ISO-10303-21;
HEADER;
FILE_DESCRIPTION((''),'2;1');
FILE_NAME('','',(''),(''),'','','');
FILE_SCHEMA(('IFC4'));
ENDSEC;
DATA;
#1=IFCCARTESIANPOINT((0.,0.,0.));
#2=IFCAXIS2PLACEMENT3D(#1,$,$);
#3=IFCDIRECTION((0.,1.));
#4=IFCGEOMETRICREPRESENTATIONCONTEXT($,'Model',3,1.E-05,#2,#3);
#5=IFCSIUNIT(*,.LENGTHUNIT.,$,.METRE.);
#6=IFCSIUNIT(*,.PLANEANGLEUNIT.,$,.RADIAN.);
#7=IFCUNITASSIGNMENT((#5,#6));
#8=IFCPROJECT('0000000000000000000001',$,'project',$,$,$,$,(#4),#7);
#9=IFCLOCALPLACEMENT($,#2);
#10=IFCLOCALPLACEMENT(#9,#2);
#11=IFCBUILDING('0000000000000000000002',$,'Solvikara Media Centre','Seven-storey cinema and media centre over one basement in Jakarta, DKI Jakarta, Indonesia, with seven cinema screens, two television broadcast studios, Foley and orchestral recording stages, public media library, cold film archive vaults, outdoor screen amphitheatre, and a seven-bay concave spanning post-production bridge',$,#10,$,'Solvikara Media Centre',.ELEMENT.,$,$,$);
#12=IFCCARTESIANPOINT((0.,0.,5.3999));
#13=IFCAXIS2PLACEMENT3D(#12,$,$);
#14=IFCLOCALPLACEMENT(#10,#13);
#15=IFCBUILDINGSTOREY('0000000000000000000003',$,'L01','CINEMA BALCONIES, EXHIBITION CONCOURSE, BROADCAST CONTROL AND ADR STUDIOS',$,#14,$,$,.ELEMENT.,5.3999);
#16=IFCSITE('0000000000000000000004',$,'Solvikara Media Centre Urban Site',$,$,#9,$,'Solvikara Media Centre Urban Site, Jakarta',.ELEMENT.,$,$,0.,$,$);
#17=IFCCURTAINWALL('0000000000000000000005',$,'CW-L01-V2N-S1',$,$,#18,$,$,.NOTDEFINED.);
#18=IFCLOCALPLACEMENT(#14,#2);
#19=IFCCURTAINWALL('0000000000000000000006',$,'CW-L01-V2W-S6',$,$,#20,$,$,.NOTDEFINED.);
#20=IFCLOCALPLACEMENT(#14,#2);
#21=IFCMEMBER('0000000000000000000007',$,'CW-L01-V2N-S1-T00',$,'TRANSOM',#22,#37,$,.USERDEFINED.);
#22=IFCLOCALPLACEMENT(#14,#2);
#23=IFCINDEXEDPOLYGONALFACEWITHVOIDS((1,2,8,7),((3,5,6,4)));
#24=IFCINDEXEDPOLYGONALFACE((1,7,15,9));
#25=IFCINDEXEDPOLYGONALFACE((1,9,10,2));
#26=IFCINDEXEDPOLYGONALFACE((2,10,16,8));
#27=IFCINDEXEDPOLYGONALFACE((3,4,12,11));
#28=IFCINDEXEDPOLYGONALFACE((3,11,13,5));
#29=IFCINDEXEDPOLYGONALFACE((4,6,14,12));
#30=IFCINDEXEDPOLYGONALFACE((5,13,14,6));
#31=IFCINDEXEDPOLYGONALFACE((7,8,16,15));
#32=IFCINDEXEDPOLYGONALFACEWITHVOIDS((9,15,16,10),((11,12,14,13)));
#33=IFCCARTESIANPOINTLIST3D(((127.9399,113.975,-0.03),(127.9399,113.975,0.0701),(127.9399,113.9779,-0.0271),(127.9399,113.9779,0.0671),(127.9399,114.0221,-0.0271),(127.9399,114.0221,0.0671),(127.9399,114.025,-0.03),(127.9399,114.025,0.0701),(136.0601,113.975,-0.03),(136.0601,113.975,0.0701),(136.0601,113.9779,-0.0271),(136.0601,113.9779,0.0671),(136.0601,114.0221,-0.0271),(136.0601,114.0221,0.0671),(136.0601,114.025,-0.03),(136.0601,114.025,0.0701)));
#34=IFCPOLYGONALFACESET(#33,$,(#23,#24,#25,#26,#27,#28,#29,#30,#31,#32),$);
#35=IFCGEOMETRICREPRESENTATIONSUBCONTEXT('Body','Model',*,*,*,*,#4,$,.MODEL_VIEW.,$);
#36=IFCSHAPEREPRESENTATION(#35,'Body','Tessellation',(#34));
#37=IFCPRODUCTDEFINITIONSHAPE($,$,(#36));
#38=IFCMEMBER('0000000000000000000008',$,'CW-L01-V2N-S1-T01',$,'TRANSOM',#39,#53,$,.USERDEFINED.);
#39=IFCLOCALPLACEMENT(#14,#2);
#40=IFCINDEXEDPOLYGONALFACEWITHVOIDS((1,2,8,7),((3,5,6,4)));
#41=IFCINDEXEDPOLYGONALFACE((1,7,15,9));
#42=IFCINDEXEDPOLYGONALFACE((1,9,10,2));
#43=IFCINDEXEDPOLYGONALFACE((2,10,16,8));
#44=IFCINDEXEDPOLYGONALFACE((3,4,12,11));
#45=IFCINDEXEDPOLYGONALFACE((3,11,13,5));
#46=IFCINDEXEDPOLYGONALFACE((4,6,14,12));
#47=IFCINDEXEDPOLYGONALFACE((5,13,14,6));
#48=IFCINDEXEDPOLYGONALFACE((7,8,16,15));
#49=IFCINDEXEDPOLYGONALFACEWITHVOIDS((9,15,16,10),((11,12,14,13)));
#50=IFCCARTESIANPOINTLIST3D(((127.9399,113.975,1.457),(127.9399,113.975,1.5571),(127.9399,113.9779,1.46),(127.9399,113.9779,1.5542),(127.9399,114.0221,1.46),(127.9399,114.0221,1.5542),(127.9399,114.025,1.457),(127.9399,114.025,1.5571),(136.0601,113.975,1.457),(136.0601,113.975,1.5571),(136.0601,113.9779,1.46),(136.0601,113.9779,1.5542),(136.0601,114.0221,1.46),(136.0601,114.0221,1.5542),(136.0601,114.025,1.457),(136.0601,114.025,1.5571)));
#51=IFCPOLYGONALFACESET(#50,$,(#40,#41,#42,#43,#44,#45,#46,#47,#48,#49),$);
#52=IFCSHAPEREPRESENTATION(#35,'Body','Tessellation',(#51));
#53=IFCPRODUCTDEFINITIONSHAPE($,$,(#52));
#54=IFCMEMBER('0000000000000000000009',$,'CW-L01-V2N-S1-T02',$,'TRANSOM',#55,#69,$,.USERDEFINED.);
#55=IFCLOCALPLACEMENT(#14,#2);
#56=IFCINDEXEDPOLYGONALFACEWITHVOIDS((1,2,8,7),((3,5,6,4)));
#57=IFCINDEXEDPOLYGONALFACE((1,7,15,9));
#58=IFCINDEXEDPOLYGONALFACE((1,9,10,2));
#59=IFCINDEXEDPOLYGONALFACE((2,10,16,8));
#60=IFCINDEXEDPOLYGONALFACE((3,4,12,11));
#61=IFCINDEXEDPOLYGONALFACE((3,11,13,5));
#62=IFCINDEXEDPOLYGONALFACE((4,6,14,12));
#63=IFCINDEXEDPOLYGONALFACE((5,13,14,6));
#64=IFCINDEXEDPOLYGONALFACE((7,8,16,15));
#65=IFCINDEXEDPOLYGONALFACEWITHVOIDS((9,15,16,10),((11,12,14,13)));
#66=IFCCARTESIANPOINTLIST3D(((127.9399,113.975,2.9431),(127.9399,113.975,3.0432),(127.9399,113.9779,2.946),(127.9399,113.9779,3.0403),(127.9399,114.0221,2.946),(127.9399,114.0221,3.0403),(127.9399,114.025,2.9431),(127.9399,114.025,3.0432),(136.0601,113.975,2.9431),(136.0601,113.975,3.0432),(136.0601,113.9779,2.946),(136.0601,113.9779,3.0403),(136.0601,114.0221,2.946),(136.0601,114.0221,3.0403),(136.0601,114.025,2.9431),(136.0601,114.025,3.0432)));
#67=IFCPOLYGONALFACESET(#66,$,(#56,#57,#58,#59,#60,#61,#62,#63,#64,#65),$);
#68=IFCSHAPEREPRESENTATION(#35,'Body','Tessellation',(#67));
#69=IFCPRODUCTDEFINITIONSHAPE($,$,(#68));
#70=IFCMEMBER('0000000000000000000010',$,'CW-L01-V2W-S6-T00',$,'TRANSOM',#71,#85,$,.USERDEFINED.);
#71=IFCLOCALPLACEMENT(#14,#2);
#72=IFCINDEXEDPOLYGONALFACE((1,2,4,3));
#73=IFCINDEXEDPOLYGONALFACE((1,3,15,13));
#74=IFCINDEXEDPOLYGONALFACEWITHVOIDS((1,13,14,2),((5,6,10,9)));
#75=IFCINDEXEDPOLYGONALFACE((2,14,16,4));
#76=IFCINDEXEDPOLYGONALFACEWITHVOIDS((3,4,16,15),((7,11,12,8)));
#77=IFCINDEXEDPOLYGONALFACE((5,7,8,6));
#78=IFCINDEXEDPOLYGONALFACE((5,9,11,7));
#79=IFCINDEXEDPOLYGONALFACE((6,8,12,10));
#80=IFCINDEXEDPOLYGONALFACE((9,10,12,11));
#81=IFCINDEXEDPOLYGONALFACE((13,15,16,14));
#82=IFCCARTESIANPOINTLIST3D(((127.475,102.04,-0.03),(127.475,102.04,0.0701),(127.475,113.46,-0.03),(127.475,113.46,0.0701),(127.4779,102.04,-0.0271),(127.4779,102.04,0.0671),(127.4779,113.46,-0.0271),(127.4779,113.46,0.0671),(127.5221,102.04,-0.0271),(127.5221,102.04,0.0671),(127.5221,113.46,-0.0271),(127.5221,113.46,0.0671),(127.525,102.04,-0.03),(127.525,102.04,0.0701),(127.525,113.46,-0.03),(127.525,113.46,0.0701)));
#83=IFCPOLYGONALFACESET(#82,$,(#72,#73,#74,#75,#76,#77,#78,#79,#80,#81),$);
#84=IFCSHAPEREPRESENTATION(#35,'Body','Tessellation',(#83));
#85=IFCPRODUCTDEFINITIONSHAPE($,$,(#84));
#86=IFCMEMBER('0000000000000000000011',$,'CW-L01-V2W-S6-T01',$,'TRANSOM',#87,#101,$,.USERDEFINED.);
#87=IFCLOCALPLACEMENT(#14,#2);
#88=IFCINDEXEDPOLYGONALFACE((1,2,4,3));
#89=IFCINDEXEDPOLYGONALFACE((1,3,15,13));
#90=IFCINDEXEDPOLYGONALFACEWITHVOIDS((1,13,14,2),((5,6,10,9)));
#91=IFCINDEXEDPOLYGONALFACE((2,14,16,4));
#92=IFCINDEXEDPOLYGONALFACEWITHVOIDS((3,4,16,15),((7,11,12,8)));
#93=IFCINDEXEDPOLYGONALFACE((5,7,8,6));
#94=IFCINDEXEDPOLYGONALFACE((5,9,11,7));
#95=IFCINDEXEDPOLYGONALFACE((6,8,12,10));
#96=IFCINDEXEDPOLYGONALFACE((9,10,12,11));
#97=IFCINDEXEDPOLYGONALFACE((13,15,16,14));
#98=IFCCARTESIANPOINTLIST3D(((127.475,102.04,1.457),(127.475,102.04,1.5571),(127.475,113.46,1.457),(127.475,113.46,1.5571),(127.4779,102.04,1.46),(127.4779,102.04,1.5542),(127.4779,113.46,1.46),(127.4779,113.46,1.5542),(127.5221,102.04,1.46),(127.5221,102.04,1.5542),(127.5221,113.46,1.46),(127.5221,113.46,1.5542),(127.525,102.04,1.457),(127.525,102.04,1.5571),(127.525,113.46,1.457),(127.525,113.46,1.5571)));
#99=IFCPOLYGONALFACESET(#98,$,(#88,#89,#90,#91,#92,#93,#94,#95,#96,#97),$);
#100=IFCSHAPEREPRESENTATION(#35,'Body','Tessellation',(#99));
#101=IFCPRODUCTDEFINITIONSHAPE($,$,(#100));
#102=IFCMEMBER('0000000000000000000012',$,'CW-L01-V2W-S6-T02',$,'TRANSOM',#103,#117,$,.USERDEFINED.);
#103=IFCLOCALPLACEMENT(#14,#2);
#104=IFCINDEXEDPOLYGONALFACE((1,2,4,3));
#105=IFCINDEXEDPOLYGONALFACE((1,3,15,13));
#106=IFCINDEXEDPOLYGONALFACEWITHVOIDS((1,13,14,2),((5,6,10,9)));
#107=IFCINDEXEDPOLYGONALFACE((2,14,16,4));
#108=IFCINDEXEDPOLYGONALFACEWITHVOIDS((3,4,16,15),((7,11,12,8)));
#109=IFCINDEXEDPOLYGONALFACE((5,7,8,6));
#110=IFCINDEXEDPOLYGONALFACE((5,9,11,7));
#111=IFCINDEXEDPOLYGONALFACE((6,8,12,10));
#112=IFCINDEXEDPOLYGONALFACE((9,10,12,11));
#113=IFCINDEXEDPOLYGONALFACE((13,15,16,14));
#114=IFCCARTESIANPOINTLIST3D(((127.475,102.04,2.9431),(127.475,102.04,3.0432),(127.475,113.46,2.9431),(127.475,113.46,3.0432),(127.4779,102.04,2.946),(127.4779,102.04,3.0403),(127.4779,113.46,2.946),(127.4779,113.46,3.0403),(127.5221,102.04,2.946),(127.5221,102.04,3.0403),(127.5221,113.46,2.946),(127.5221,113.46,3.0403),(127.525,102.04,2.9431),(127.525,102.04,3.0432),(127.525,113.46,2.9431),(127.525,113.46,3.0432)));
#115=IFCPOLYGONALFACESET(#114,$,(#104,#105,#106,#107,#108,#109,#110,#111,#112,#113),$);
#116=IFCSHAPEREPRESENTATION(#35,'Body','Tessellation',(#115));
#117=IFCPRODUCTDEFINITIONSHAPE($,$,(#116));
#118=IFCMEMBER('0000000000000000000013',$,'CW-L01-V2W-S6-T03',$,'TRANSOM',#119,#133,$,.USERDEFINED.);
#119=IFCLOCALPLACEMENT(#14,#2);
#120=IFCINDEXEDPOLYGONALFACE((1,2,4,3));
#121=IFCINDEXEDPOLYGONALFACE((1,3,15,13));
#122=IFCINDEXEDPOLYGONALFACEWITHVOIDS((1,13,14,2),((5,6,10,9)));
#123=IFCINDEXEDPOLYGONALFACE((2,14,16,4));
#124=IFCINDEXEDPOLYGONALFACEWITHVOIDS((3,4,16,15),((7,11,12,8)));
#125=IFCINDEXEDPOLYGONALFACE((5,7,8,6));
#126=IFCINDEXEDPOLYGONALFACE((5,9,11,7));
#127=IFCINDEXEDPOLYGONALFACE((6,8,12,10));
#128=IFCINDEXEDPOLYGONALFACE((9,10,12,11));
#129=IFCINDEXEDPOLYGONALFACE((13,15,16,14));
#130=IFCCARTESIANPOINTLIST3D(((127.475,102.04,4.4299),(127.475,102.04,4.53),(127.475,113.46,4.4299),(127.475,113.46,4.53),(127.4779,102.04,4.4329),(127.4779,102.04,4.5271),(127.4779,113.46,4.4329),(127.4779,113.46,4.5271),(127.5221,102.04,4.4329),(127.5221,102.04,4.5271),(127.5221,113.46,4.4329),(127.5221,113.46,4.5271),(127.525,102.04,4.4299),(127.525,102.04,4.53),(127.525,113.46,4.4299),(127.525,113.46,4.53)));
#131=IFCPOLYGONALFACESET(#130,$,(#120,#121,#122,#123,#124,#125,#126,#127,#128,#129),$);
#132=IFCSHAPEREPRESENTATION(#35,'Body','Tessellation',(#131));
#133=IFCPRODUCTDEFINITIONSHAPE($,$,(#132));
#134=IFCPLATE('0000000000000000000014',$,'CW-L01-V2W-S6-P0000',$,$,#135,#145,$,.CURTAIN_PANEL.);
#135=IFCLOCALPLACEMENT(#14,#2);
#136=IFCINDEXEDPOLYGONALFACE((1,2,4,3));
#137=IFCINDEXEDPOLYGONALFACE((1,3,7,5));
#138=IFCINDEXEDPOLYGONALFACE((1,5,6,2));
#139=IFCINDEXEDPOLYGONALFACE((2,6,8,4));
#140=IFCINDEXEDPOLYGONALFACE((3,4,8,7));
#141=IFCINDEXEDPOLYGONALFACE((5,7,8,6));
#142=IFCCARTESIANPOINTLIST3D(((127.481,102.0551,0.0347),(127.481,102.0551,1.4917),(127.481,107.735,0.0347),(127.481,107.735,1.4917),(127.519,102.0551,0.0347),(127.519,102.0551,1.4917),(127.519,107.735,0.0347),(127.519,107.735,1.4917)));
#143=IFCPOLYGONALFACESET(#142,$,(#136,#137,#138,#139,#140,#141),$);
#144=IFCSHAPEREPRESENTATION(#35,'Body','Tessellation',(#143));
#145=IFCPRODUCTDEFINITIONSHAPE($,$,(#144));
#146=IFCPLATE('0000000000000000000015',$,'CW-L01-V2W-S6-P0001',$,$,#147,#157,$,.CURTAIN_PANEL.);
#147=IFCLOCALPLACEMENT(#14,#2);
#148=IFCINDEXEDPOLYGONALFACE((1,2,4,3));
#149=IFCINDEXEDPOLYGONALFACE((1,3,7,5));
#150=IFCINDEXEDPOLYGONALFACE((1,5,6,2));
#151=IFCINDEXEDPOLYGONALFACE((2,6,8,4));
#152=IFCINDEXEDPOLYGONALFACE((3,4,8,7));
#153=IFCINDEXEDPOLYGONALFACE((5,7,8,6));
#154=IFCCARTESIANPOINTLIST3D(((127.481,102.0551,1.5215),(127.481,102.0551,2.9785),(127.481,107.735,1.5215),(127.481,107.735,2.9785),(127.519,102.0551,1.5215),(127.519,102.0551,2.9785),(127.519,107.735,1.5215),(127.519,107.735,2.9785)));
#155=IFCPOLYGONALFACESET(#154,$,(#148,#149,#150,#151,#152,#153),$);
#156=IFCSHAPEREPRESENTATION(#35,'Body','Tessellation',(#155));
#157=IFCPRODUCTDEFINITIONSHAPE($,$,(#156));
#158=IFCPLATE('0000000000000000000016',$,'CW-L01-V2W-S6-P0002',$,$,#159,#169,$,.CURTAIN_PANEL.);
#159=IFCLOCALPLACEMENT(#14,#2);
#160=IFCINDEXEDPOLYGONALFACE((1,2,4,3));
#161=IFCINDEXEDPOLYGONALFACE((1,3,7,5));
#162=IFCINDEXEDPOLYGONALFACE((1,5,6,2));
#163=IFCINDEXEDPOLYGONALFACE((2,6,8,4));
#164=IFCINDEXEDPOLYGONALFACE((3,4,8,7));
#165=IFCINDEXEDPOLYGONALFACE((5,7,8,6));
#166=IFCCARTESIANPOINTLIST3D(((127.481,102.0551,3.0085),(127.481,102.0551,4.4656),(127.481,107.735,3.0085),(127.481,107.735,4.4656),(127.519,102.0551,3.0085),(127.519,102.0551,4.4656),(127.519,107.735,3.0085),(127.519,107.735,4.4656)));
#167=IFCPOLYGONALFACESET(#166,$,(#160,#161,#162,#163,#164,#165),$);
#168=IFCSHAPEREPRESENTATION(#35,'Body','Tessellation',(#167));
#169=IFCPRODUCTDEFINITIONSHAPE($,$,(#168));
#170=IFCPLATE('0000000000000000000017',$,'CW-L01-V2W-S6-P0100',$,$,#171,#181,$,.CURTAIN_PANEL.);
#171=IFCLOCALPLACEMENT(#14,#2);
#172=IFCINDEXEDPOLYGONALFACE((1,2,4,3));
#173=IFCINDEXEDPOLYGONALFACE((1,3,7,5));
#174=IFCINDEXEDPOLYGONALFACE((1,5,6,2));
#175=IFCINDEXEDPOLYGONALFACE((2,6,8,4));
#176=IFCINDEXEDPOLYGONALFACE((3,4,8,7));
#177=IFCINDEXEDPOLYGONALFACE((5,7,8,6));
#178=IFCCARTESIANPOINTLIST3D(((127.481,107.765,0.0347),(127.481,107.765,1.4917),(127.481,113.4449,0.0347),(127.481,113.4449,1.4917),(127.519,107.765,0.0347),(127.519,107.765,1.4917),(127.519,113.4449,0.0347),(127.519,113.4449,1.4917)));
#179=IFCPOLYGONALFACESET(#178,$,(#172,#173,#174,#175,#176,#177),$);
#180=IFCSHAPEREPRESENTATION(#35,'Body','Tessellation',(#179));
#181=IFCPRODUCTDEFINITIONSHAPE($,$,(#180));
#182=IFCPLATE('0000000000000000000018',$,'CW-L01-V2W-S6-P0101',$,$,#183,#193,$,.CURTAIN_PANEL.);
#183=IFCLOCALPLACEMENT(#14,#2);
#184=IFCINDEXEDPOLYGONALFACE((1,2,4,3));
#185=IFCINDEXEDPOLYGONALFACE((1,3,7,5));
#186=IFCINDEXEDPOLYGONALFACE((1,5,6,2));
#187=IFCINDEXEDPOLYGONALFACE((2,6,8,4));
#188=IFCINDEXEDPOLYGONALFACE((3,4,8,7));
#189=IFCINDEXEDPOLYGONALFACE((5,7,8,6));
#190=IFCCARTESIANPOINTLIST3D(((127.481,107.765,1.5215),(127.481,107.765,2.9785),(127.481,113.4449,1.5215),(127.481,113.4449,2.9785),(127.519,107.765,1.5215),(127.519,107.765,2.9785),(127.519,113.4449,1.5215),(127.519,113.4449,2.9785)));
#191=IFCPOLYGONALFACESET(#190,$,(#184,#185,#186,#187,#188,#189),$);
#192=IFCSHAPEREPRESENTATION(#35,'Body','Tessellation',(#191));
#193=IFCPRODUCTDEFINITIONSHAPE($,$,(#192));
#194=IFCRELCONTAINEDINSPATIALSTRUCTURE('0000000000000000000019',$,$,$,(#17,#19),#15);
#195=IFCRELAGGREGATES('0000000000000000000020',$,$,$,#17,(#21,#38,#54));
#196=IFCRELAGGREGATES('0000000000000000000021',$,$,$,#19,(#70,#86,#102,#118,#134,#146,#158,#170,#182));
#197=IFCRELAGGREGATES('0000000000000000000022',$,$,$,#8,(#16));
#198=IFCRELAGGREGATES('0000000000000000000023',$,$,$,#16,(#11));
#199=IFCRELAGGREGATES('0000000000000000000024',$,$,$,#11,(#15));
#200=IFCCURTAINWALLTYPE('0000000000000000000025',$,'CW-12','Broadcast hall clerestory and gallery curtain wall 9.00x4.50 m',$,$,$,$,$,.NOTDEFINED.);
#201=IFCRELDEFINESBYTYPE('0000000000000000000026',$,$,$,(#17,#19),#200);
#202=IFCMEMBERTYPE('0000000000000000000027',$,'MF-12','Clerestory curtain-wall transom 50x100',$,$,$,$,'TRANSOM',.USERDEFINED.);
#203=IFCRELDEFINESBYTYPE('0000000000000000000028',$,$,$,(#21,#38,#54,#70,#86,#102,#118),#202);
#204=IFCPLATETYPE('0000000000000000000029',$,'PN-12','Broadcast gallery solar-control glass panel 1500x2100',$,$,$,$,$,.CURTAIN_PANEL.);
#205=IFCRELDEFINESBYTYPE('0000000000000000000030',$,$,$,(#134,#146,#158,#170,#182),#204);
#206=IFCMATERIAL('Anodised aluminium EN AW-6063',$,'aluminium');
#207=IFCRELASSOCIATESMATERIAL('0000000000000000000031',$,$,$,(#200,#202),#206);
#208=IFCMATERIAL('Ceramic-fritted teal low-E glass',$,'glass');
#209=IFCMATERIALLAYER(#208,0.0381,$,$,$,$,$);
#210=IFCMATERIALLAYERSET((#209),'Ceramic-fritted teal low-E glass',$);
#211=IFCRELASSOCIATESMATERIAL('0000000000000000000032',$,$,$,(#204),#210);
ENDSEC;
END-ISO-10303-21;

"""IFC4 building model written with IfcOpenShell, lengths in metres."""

from ifc_helpers import new_model, si_unit, direction, frame, origin, origin_2d, place, context, subcontext, project, spatial, rectangle, hollow_rectangle, extrude, material, layer, layer_set, material_profile, profile_set, type_object, element, aggregate, save


model = new_model("IFC4")

# Units and contexts
model_context = context("Model", 3, precision=1e-05, world=origin(), true_north=direction((0.0, 1.0)))
body_context = subcontext(model_context, "Body", "Model", "MODEL_VIEW")
ifc_project = project(units=[si_unit("LENGTHUNIT", "METRE"), si_unit("PLANEANGLEUNIT", "RADIAN")], contexts=[model_context])

# Site, building, storey
site_placement = place(None, origin())
site = spatial("IfcSite", under=ifc_project, at=site_placement, Name="Solvikara Media Centre Urban Site", LongName="Solvikara Media Centre Urban Site, Jakarta", CompositionType="ELEMENT", RefElevation=0.0)
building_placement = place(site_placement, origin())
building = spatial("IfcBuilding", under=site, at=building_placement, Name="Solvikara Media Centre", Description="Seven-storey cinema and media centre over one basement in Jakarta, DKI Jakarta, Indonesia, with seven cinema screens, two television broadcast studios, Foley and orchestral recording stages, public media library, cold film archive vaults, outdoor screen amphitheatre, and a seven-bay concave spanning post-production bridge", LongName="Solvikara Media Centre", CompositionType="ELEMENT")
storey_placement = place(building_placement, frame((0.0, 0.0, 5.3999)))
storey = spatial("IfcBuildingStorey", under=building, at=storey_placement, Name="L01", Description="CINEMA BALCONIES, EXHIBITION CONCOURSE, BROADCAST CONTROL AND ADR STUDIOS", CompositionType="ELEMENT", Elevation=5.3999)

# Curtain wall
ifc_material_1 = material(Name="Anodised aluminium EN AW-6063", Category="aluminium")
curtain_wall_type = type_object("IfcCurtainWallType", Name="CW-12", Description="Broadcast hall clerestory and gallery curtain wall 9.00x4.50 m", PredefinedType="NOTDEFINED", material=ifc_material_1)
curtain_wall_1_placement = place(storey_placement, origin())
curtain_wall_1 = element("IfcCurtainWall", 1, at=curtain_wall_1_placement, inside=storey, type_object=curtain_wall_type, Name="CW-L01-V2N-S1", PredefinedType="NOTDEFINED")

# Curtain wall
curtain_wall_2_placement = place(storey_placement, origin())
curtain_wall_2 = element("IfcCurtainWall", 2, at=curtain_wall_2_placement, inside=storey, type_object=curtain_wall_type, Name="CW-L01-V2W-S6", PredefinedType="NOTDEFINED")

# Members
ifc_material_profile_1 = material_profile(ifc_material_1, hollow_rectangle(XDim=0.05, YDim=0.1001, WallThickness=0.0029, at=origin_2d()), Name="ALU-T 50x100x3")
ifc_profile_set_1 = profile_set([ifc_material_profile_1], Name="Anodised aluminium EN AW-6063")
member_type_1 = type_object("IfcMemberType", Name="MF-12", Description="Clerestory curtain-wall transom 50x100", ElementType="TRANSOM", PredefinedType="USERDEFINED", material=ifc_profile_set_1)
member_1_placement = place(storey_placement, frame((127.9399, 114.0, 0.02), z_axis=(1.0, 0.0, 0.0), x_axis=(0.0, 1.0, 0.0)))
member_1 = element("IfcMember", 3, at=member_1_placement, type_object=member_type_1, Name="CW-L01-V2N-S1-T00", ObjectType="TRANSOM", PredefinedType="USERDEFINED", context=body_context, shape_type="SweptSolid", body=[
    extrude(hollow_rectangle(XDim=0.05, YDim=0.1001, WallThickness=0.0029, at=origin_2d()), origin(), (0.0, 0.0, 1.0), 8.1201),
])
member_2_placement = place(storey_placement, frame((127.9399, 114.0, 1.5071), z_axis=(1.0, 0.0, 0.0), x_axis=(0.0, 1.0, 0.0)))
member_2 = element("IfcMember", 4, at=member_2_placement, type_object=member_type_1, Name="CW-L01-V2N-S1-T01", ObjectType="TRANSOM", PredefinedType="USERDEFINED", context=body_context, shape_type="SweptSolid", body=[
    extrude(hollow_rectangle(XDim=0.05, YDim=0.1001, WallThickness=0.0029, at=origin_2d()), origin(), (0.0, 0.0, 1.0), 8.1201),
])
member_3_placement = place(storey_placement, frame((127.9399, 114.0, 2.9932), z_axis=(1.0, 0.0, 0.0), x_axis=(0.0, 1.0, 0.0)))
member_3 = element("IfcMember", 5, at=member_3_placement, type_object=member_type_1, Name="CW-L01-V2N-S1-T02", ObjectType="TRANSOM", PredefinedType="USERDEFINED", context=body_context, shape_type="SweptSolid", body=[
    extrude(hollow_rectangle(XDim=0.05, YDim=0.1001, WallThickness=0.0029, at=origin_2d()), origin(), (0.0, 0.0, 1.0), 8.1201),
])
aggregate(curtain_wall_1, [member_1, member_2, member_3])
member_4_placement = place(storey_placement, frame((127.5, 102.04, 0.02), z_axis=(0.0, 1.0, 0.0), x_axis=(-1.0, 0.0, 0.0)))
member_4 = element("IfcMember", 6, at=member_4_placement, type_object=member_type_1, Name="CW-L01-V2W-S6-T00", ObjectType="TRANSOM", PredefinedType="USERDEFINED", context=body_context, shape_type="SweptSolid", body=[
    extrude(hollow_rectangle(XDim=0.05, YDim=0.1001, WallThickness=0.0029, at=origin_2d()), origin(), (0.0, 0.0, 1.0), 11.4199),
])
member_5_placement = place(storey_placement, frame((127.5, 102.04, 1.5071), z_axis=(0.0, 1.0, 0.0), x_axis=(-1.0, 0.0, 0.0)))
member_5 = element("IfcMember", 7, at=member_5_placement, type_object=member_type_1, Name="CW-L01-V2W-S6-T01", ObjectType="TRANSOM", PredefinedType="USERDEFINED", context=body_context, shape_type="SweptSolid", body=[
    extrude(hollow_rectangle(XDim=0.05, YDim=0.1001, WallThickness=0.0029, at=origin_2d()), origin(), (0.0, 0.0, 1.0), 11.4199),
])
member_6_placement = place(storey_placement, frame((127.5, 102.04, 2.9932), z_axis=(0.0, 1.0, 0.0), x_axis=(-1.0, 0.0, 0.0)))
member_6 = element("IfcMember", 8, at=member_6_placement, type_object=member_type_1, Name="CW-L01-V2W-S6-T02", ObjectType="TRANSOM", PredefinedType="USERDEFINED", context=body_context, shape_type="SweptSolid", body=[
    extrude(hollow_rectangle(XDim=0.05, YDim=0.1001, WallThickness=0.0029, at=origin_2d()), origin(), (0.0, 0.0, 1.0), 11.4199),
])
member_7_placement = place(storey_placement, frame((127.5, 102.04, 4.48), z_axis=(0.0, 1.0, 0.0), x_axis=(-1.0, 0.0, 0.0)))
member_7 = element("IfcMember", 9, at=member_7_placement, type_object=member_type_1, Name="CW-L01-V2W-S6-T03", ObjectType="TRANSOM", PredefinedType="USERDEFINED", context=body_context, shape_type="SweptSolid", body=[
    extrude(hollow_rectangle(XDim=0.05, YDim=0.1001, WallThickness=0.0029, at=origin_2d()), origin(), (0.0, 0.0, 1.0), 11.4199),
])

# Plates
ifc_material_2 = material(Name="Ceramic-fritted teal low-E glass", Category="glass")
ifc_layer_1 = layer(ifc_material_2, 0.0381)
ifc_layer_set_1 = layer_set([ifc_layer_1], Name="Ceramic-fritted teal low-E glass")
plate_type = type_object("IfcPlateType", Name="PN-12", Description="Broadcast gallery solar-control glass panel 1500x2100", PredefinedType="CURTAIN_PANEL", material=ifc_layer_set_1)
plate_1_placement = place(storey_placement, frame((127.5, 104.895, 0.0347), z_axis=(0.0, 0.0, 1.0), x_axis=(0.0, 1.0, 0.0)))
plate_1 = element("IfcPlate", 10, at=plate_1_placement, type_object=plate_type, Name="CW-L01-V2W-S6-P0000", PredefinedType="CURTAIN_PANEL", context=body_context, shape_type="SweptSolid", body=[
    extrude(rectangle(XDim=5.6799, YDim=0.0381, at=origin_2d()), origin(), (0.0, 0.0, 1.0), 1.457),
])
plate_2_placement = place(storey_placement, frame((127.5, 104.895, 1.5215), z_axis=(0.0, 0.0, 1.0), x_axis=(0.0, 1.0, 0.0)))
plate_2 = element("IfcPlate", 11, at=plate_2_placement, type_object=plate_type, Name="CW-L01-V2W-S6-P0001", PredefinedType="CURTAIN_PANEL", context=body_context, shape_type="SweptSolid", body=[
    extrude(rectangle(XDim=5.6799, YDim=0.0381, at=origin_2d()), origin(), (0.0, 0.0, 1.0), 1.457),
])
plate_3_placement = place(storey_placement, frame((127.5, 104.895, 3.0085), z_axis=(0.0, 0.0, 1.0), x_axis=(0.0, 1.0, 0.0)))
plate_3 = element("IfcPlate", 12, at=plate_3_placement, type_object=plate_type, Name="CW-L01-V2W-S6-P0002", PredefinedType="CURTAIN_PANEL", context=body_context, shape_type="SweptSolid", body=[
    extrude(rectangle(XDim=5.6799, YDim=0.0381, at=origin_2d()), origin(), (0.0, 0.0, 1.0), 1.457),
])
plate_4_placement = place(storey_placement, frame((127.5, 110.605, 0.0347), z_axis=(0.0, 0.0, 1.0), x_axis=(0.0, 1.0, 0.0)))
plate_4 = element("IfcPlate", 13, at=plate_4_placement, type_object=plate_type, Name="CW-L01-V2W-S6-P0100", PredefinedType="CURTAIN_PANEL", context=body_context, shape_type="SweptSolid", body=[
    extrude(rectangle(XDim=5.6799, YDim=0.0381, at=origin_2d()), origin(), (0.0, 0.0, 1.0), 1.457),
])
plate_5_placement = place(storey_placement, frame((127.5, 110.605, 1.5215), z_axis=(0.0, 0.0, 1.0), x_axis=(0.0, 1.0, 0.0)))
plate_5 = element("IfcPlate", 14, at=plate_5_placement, type_object=plate_type, Name="CW-L01-V2W-S6-P0101", PredefinedType="CURTAIN_PANEL", context=body_context, shape_type="SweptSolid", body=[
    extrude(rectangle(XDim=5.6799, YDim=0.0381, at=origin_2d()), origin(), (0.0, 0.0, 1.0), 1.457),
])
aggregate(curtain_wall_2, [member_4, member_5, member_6, member_7, plate_1, plate_2, plate_3, plate_4, plate_5])

save(model, "model.ifc")
